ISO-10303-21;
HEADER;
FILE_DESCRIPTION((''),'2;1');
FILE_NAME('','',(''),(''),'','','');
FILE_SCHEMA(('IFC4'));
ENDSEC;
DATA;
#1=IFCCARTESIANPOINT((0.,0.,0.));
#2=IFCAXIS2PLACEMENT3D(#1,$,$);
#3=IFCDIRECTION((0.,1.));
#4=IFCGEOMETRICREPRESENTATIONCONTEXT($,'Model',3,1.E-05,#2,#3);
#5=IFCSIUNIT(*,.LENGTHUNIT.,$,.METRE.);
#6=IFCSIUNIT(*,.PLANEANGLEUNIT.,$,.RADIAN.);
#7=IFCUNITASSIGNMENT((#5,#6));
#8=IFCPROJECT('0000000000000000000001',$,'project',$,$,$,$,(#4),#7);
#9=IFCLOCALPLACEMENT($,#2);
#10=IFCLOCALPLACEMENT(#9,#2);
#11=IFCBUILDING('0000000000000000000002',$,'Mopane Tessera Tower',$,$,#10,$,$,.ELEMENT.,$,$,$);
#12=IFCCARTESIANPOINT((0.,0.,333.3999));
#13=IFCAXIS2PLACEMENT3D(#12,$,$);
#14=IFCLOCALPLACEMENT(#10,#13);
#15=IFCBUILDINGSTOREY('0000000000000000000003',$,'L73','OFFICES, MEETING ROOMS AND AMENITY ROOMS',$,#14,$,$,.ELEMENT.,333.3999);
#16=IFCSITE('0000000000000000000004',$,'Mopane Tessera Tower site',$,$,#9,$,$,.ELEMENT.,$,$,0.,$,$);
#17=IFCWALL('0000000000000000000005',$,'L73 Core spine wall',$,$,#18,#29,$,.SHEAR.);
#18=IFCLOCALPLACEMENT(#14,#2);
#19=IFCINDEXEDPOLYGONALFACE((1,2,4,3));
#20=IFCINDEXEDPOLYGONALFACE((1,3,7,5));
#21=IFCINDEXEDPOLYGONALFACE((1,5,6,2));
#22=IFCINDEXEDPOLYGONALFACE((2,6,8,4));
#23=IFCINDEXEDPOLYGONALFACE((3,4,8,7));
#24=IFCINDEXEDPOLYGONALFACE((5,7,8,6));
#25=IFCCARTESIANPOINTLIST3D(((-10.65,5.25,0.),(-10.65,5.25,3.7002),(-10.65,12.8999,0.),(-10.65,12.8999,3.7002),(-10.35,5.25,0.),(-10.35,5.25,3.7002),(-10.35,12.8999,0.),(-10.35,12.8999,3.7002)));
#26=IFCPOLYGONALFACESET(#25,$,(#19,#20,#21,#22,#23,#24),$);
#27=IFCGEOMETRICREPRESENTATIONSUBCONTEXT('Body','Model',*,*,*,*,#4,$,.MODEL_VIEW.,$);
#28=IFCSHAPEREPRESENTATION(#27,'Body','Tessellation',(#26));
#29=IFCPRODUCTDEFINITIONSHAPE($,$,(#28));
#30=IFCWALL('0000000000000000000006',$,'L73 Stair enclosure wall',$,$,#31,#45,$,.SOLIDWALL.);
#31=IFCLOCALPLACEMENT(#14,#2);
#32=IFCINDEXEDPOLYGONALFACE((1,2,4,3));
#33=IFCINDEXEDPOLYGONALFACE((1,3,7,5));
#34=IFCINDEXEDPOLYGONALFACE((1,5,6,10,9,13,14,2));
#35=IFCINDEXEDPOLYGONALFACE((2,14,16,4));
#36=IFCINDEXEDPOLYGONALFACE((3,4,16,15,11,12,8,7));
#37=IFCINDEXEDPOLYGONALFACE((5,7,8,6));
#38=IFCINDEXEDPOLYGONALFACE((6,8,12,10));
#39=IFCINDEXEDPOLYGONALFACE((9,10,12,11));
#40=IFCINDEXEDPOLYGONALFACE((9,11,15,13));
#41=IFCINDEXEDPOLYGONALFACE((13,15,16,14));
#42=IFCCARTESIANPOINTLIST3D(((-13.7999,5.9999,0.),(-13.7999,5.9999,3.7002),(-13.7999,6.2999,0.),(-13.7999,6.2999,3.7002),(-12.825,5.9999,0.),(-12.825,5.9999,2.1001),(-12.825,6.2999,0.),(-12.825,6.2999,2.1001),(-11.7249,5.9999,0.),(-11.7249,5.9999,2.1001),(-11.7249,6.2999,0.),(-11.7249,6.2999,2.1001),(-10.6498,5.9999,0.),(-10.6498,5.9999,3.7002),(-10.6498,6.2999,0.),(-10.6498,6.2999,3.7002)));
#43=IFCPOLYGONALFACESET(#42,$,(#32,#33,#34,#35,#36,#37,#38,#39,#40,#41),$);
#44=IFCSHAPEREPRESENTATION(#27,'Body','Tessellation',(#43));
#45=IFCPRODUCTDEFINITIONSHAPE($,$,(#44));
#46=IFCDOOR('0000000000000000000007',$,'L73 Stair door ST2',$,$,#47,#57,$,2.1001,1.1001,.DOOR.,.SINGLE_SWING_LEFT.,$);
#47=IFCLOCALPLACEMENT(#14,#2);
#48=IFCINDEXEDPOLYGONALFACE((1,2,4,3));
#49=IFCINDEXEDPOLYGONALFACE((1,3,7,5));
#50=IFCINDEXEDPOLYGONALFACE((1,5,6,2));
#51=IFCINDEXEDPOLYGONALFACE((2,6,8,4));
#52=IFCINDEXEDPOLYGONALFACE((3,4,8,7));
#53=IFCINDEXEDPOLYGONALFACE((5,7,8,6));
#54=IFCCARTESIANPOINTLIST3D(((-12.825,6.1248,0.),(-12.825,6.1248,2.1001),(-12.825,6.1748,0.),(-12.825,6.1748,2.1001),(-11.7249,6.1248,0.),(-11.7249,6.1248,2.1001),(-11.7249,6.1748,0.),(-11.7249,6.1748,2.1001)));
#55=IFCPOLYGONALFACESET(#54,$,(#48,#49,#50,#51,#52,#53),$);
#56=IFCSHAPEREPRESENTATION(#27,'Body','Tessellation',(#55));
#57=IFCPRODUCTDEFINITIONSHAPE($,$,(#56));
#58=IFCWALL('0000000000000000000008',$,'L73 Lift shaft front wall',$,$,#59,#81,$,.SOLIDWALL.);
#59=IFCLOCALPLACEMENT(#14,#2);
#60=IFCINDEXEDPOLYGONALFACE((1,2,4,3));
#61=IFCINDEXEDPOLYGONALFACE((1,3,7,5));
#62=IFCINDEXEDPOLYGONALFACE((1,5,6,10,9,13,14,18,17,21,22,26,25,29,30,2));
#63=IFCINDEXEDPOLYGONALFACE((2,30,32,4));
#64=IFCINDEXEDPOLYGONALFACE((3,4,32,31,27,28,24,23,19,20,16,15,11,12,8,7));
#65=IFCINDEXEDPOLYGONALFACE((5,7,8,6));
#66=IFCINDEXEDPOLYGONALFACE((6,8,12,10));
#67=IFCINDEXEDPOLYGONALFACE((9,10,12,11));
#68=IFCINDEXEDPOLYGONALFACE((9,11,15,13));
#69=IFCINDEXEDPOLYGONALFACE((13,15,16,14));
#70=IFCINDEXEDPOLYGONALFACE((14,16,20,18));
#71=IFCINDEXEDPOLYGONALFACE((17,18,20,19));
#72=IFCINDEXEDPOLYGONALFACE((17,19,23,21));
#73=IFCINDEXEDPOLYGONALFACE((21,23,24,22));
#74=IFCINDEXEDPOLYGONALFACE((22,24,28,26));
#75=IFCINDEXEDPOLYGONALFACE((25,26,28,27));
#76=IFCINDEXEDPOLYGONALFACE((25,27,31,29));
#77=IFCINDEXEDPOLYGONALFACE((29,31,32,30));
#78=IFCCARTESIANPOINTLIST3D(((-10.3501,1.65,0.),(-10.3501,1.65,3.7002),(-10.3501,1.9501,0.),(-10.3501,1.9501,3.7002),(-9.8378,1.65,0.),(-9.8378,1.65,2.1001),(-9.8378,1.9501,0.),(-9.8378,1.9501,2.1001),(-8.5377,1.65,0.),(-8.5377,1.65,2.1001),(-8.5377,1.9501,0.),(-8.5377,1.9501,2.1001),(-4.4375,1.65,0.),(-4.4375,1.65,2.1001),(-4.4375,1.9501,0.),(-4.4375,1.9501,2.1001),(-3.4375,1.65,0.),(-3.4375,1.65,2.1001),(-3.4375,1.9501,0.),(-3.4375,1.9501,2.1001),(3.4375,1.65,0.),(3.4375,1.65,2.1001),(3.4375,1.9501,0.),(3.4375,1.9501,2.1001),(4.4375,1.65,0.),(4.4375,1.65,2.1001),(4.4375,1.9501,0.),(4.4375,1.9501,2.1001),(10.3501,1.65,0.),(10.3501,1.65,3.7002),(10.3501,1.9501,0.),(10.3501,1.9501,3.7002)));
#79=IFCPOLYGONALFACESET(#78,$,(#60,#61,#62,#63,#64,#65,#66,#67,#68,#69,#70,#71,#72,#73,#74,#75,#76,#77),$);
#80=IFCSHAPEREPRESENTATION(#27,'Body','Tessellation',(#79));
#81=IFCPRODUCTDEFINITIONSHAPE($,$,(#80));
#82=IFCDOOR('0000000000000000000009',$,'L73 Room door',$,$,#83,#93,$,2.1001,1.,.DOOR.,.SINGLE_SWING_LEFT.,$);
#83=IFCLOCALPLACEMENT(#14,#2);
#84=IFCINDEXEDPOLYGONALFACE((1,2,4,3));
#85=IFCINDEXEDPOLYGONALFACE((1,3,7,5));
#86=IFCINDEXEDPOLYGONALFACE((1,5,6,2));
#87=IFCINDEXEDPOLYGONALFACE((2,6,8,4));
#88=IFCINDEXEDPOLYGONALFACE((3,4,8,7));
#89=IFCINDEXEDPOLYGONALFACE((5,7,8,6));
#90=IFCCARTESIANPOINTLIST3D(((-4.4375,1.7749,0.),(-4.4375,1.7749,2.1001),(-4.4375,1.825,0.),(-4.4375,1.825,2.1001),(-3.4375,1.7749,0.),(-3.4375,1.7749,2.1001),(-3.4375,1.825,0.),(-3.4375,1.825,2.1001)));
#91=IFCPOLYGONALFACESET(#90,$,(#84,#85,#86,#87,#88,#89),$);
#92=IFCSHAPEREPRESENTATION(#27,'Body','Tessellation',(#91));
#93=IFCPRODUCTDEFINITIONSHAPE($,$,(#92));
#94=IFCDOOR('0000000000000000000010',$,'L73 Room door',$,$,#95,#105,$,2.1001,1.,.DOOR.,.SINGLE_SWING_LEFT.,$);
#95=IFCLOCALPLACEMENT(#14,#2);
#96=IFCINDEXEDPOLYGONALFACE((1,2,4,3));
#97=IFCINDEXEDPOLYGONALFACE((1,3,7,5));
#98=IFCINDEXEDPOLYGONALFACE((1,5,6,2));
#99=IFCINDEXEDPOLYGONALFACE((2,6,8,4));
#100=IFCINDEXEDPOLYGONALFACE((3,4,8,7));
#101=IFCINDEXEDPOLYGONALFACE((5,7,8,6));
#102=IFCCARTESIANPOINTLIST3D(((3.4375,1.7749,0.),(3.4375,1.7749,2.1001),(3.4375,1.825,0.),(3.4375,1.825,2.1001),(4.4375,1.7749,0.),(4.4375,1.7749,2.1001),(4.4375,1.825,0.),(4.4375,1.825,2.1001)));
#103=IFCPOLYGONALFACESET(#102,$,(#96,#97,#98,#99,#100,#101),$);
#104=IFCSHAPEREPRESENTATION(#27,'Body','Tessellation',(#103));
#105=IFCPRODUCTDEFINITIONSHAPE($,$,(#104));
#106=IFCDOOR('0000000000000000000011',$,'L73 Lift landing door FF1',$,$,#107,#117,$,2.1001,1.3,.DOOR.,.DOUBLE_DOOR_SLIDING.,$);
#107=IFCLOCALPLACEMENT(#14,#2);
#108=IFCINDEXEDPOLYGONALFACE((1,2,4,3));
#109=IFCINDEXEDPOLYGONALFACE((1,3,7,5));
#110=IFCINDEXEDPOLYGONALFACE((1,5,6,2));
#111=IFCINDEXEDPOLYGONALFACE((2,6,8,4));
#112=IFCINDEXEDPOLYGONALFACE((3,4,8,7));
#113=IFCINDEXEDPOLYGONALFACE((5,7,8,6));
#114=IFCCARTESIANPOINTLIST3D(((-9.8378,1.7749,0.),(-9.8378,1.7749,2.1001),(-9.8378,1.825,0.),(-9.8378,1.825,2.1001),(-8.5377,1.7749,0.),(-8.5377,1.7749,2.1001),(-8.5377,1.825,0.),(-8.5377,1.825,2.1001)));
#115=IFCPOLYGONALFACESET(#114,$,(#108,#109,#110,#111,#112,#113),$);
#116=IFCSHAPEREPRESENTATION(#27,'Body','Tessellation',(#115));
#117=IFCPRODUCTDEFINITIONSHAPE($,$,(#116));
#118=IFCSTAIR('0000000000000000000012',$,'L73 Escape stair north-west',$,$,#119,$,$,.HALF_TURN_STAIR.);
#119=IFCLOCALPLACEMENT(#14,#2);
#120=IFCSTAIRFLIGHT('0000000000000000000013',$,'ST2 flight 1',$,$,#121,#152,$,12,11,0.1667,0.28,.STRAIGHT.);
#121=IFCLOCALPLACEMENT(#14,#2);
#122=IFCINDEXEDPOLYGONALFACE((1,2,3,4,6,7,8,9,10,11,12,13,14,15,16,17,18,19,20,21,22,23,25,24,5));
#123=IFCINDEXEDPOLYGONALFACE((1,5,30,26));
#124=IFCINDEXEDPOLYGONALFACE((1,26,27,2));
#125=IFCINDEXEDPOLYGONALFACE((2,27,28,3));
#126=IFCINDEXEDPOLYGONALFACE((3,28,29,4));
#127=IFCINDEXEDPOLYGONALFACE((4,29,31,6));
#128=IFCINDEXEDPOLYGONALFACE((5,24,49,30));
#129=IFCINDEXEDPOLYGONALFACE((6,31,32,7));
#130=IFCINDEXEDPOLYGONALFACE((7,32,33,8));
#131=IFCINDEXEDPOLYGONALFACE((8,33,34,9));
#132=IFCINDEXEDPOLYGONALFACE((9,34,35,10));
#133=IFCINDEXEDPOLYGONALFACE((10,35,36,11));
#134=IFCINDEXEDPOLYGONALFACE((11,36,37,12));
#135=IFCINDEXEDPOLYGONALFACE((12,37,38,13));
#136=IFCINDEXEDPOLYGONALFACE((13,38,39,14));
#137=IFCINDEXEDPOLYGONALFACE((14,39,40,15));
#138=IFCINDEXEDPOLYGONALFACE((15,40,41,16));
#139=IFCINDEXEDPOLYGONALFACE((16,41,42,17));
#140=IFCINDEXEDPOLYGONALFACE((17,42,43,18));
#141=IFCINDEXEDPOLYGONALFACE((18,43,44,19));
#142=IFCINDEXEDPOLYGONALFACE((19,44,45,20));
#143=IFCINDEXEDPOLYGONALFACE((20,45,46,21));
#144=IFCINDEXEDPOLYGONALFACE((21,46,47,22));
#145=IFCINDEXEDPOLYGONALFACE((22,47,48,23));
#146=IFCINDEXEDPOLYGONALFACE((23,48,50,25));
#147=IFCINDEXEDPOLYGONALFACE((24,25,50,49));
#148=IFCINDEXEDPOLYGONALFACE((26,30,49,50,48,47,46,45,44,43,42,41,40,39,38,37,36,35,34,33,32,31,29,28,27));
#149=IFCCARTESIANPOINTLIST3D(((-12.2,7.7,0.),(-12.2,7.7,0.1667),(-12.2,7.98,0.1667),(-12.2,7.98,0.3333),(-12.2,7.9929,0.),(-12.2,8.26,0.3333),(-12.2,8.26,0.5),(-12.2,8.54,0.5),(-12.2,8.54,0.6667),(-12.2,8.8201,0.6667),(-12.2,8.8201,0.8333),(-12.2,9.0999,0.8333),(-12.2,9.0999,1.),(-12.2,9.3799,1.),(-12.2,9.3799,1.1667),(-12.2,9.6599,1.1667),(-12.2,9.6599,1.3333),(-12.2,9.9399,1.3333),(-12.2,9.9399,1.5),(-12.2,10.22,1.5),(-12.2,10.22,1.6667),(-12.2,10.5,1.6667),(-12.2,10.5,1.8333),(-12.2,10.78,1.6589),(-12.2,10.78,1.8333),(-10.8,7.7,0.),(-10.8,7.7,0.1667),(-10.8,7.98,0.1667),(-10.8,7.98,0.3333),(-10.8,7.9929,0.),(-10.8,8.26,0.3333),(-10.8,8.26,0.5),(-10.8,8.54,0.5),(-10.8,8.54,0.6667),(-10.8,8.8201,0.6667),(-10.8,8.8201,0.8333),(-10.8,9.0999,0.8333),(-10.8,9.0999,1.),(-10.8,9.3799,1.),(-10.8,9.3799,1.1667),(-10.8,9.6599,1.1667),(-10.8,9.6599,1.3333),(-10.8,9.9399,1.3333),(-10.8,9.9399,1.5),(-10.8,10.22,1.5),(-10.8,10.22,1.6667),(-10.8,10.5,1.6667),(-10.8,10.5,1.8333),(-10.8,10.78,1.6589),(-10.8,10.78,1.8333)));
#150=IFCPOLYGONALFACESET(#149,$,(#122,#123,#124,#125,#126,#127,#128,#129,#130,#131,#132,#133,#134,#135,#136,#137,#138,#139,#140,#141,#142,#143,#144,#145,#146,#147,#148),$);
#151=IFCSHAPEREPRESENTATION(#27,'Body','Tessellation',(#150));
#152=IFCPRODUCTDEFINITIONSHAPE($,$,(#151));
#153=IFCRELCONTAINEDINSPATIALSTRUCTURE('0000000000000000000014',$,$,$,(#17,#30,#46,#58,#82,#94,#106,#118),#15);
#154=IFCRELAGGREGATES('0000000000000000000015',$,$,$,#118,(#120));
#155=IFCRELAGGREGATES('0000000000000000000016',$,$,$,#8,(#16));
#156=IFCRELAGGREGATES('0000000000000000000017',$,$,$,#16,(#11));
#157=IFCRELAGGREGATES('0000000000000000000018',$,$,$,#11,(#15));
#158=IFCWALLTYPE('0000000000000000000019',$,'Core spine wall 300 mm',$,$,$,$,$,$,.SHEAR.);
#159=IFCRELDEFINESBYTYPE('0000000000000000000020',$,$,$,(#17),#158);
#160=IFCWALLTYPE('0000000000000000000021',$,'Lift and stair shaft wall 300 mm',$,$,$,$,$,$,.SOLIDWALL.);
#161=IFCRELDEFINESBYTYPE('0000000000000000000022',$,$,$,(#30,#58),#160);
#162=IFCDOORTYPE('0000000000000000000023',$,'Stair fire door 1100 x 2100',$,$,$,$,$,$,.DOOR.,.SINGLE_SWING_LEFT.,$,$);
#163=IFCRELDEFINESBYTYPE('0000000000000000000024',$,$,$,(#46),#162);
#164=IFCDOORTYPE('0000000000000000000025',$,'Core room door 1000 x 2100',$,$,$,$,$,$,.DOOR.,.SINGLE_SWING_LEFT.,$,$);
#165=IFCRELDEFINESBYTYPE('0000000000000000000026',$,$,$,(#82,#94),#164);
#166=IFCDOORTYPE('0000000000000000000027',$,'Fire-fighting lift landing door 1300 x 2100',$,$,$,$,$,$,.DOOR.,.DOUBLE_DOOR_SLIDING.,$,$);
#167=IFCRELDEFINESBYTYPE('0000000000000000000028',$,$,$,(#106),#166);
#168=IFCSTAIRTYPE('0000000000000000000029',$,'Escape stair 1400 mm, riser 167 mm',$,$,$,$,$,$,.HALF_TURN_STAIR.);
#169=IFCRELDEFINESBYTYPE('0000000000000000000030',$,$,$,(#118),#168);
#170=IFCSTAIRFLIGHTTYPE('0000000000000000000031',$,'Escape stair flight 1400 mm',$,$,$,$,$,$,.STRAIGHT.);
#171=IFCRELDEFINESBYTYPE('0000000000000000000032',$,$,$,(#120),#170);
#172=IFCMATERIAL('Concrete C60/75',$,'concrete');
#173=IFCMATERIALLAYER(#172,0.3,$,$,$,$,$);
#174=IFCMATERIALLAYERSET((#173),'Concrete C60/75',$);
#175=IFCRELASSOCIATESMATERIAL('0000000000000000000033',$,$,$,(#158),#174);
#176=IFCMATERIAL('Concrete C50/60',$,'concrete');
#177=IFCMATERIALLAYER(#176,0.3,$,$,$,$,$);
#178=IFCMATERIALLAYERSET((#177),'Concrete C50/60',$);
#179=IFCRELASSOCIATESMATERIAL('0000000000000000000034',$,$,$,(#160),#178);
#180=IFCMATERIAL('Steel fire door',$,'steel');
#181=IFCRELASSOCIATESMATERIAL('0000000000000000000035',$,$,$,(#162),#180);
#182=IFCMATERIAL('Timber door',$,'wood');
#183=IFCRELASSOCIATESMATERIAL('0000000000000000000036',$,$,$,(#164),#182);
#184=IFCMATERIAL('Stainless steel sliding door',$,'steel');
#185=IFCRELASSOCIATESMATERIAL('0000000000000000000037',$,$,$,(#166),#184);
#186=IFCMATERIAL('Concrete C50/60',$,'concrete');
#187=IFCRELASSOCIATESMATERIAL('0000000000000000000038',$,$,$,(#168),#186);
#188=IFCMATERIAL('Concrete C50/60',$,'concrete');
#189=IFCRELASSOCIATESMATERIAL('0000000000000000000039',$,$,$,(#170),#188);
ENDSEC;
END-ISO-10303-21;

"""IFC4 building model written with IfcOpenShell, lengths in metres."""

from ifc_helpers import new_model, si_unit, direction, frame, frame_2d, origin, place, context, subcontext, project, spatial, polyline, rectangle, outline, extrude, material, layer, layer_set, type_object, element, fill, aggregate, save


model = new_model("IFC4")

# Units and contexts
model_context = context("Model", 3, precision=1e-05, world=origin(), true_north=direction((0.0, 1.0)))
body_context = subcontext(model_context, "Body", "Model", "MODEL_VIEW")
ifc_project = project(units=[si_unit("LENGTHUNIT", "METRE"), si_unit("PLANEANGLEUNIT", "RADIAN")], contexts=[model_context])

# Site, building, storey
site_placement = place(None, origin())
site = spatial("IfcSite", under=ifc_project, at=site_placement, Name="Mopane Tessera Tower site", CompositionType="ELEMENT", RefElevation=0.0)
building_placement = place(site_placement, origin())
building = spatial("IfcBuilding", under=site, at=building_placement, Name="Mopane Tessera Tower", CompositionType="ELEMENT")
storey_placement = place(building_placement, frame((0.0, 0.0, 333.3999)))
storey = spatial("IfcBuildingStorey", under=building, at=storey_placement, Name="L73", Description="OFFICES, MEETING ROOMS AND AMENITY ROOMS", CompositionType="ELEMENT", Elevation=333.3999)

# Wall
ifc_material_1 = material(Name="Concrete C60/75", Category="concrete")
ifc_layer_1 = layer(ifc_material_1, 0.3)
ifc_layer_set_1 = layer_set([ifc_layer_1], Name="Concrete C60/75")
wall_type_1 = type_object("IfcWallType", Name="Core spine wall 300 mm", PredefinedType="SHEAR", material=ifc_layer_set_1)
wall_1_placement = place(storey_placement, frame((-10.5, 5.25, 0.0), z_axis=(0.0, 0.0, 1.0), x_axis=(0.0, 1.0, 0.0)))
element("IfcWall", 1, at=wall_1_placement, inside=storey, type_object=wall_type_1, Name="L73 Core spine wall", PredefinedType="SHEAR", context=body_context, shape_type="SweptSolid", body=[
    extrude(rectangle(XDim=7.6499, YDim=0.3, at=frame_2d((3.825, 0.0))), origin(), (0.0, 0.0, 1.0), 3.7002),
])

# Wall, opening, door
ifc_material_2 = material(Name="Concrete C50/60", Category="concrete")
ifc_layer_2 = layer(ifc_material_2, 0.3)
ifc_layer_set_2 = layer_set([ifc_layer_2], Name="Concrete C50/60")
wall_type_2 = type_object("IfcWallType", Name="Lift and stair shaft wall 300 mm", PredefinedType="SOLIDWALL", material=ifc_layer_set_2)
wall_2_placement = place(storey_placement, frame((-13.8, 6.1499, 0.0), z_axis=(0.0, 0.0, 1.0), x_axis=(1.0, 0.0, 0.0)))
wall_2 = element("IfcWall", 2, at=wall_2_placement, inside=storey, type_object=wall_type_2, Name="L73 Stair enclosure wall", PredefinedType="SOLIDWALL", context=body_context, shape_type="SweptSolid", body=[
    extrude(rectangle(XDim=3.1501, YDim=0.3, at=frame_2d((1.5752, 0.0))), origin(), (0.0, 0.0, 1.0), 3.7002),
])
opening_1_placement = place(wall_2_placement, frame((0.9751, 0.0, 0.0)))
opening_1 = element("IfcOpeningElement", 3, at=opening_1_placement, cuts=wall_2, PredefinedType="OPENING", context=body_context, shape_type="SweptSolid", body=[
    extrude(rectangle(XDim=1.1001, YDim=2.1001, at=frame_2d((0.55, 1.05))), frame((0.0, 0.1621, 0.0), z_axis=(0.0, -1.0, 0.0), x_axis=(1.0, 0.0, 0.0)), (0.0, 0.0, 1.0), 0.324),
])
ifc_material_3 = material(Name="Steel fire door", Category="steel")
door_type_1 = type_object("IfcDoorType", Name="Stair fire door 1100 x 2100", OperationType="SINGLE_SWING_LEFT", PredefinedType="DOOR", material=ifc_material_3)
door_1_placement = place(opening_1_placement, origin())
door_1 = element("IfcDoor", 4, at=door_1_placement, inside=storey, type_object=door_type_1, Name="L73 Stair door ST2", OperationType="SINGLE_SWING_LEFT", OverallHeight=2.1001, OverallWidth=1.1001, PredefinedType="DOOR", context=body_context, shape_type="SweptSolid", body=[
    extrude(rectangle(XDim=1.1001, YDim=2.1001, at=frame_2d((0.55, 1.05))), frame((0.0, 0.0249, 0.0), z_axis=(0.0, -1.0, 0.0), x_axis=(1.0, 0.0, 0.0)), (0.0, 0.0, 1.0), 0.05),
])
fill(opening_1, door_1)

# Wall, openings, doors
wall_3_placement = place(storey_placement, frame((-10.3501, 1.8, 0.0), z_axis=(0.0, 0.0, 1.0), x_axis=(1.0, 0.0, 0.0)))
wall_3 = element("IfcWall", 5, at=wall_3_placement, inside=storey, type_object=wall_type_2, Name="L73 Lift shaft front wall", PredefinedType="SOLIDWALL", context=body_context, shape_type="SweptSolid", body=[
    extrude(rectangle(XDim=20.7002, YDim=0.3, at=frame_2d((10.3501, 0.0))), origin(), (0.0, 0.0, 1.0), 3.7002),
])
opening_2_placement = place(wall_3_placement, frame((0.5125, 0.0, 0.0)))
opening_2 = element("IfcOpeningElement", 6, at=opening_2_placement, cuts=wall_3, PredefinedType="OPENING", context=body_context, shape_type="SweptSolid", body=[
    extrude(rectangle(XDim=1.3, YDim=2.1001, at=frame_2d((0.6499, 1.05))), frame((0.0, 0.1621, 0.0), z_axis=(0.0, -1.0, 0.0), x_axis=(1.0, 0.0, 0.0)), (0.0, 0.0, 1.0), 0.324),
])
opening_3_placement = place(wall_3_placement, frame((5.9126, 0.0, 0.0)))
opening_3 = element("IfcOpeningElement", 7, at=opening_3_placement, cuts=wall_3, PredefinedType="OPENING", context=body_context, shape_type="SweptSolid", body=[
    extrude(rectangle(XDim=1.0, YDim=2.1001, at=frame_2d((0.5, 1.05))), frame((0.0, 0.1621, 0.0), z_axis=(0.0, -1.0, 0.0), x_axis=(1.0, 0.0, 0.0)), (0.0, 0.0, 1.0), 0.324),
])
opening_4_placement = place(wall_3_placement, frame((13.7876, 0.0, 0.0)))
opening_4 = element("IfcOpeningElement", 8, at=opening_4_placement, cuts=wall_3, PredefinedType="OPENING", context=body_context, shape_type="SweptSolid", body=[
    extrude(rectangle(XDim=1.0, YDim=2.1001, at=frame_2d((0.5, 1.05))), frame((0.0, 0.1621, 0.0), z_axis=(0.0, -1.0, 0.0), x_axis=(1.0, 0.0, 0.0)), (0.0, 0.0, 1.0), 0.324),
])
ifc_material_4 = material(Name="Timber door", Category="wood")
door_type_2 = type_object("IfcDoorType", Name="Core room door 1000 x 2100", OperationType="SINGLE_SWING_LEFT", PredefinedType="DOOR", material=ifc_material_4)
door_2_placement = place(opening_3_placement, origin())
door_2 = element("IfcDoor", 9, at=door_2_placement, inside=storey, type_object=door_type_2, Name="L73 Room door", OperationType="SINGLE_SWING_LEFT", OverallHeight=2.1001, OverallWidth=1.0, PredefinedType="DOOR", context=body_context, shape_type="SweptSolid", body=[
    extrude(rectangle(XDim=1.0, YDim=2.1001, at=frame_2d((0.5, 1.05))), frame((0.0, 0.0249, 0.0), z_axis=(0.0, -1.0, 0.0), x_axis=(1.0, 0.0, 0.0)), (0.0, 0.0, 1.0), 0.05),
])
fill(opening_3, door_2)
door_3_placement = place(opening_4_placement, origin())
door_3 = element("IfcDoor", 10, at=door_3_placement, inside=storey, type_object=door_type_2, Name="L73 Room door", OperationType="SINGLE_SWING_LEFT", OverallHeight=2.1001, OverallWidth=1.0, PredefinedType="DOOR", context=body_context, shape_type="SweptSolid", body=[
    extrude(rectangle(XDim=1.0, YDim=2.1001, at=frame_2d((0.5, 1.05))), frame((0.0, 0.0249, 0.0), z_axis=(0.0, -1.0, 0.0), x_axis=(1.0, 0.0, 0.0)), (0.0, 0.0, 1.0), 0.05),
])
fill(opening_4, door_3)
ifc_material_5 = material(Name="Stainless steel sliding door", Category="steel")
door_type_3 = type_object("IfcDoorType", Name="Fire-fighting lift landing door 1300 x 2100", OperationType="DOUBLE_DOOR_SLIDING", PredefinedType="DOOR", material=ifc_material_5)
door_4_placement = place(opening_2_placement, origin())
door_4 = element("IfcDoor", 11, at=door_4_placement, inside=storey, type_object=door_type_3, Name="L73 Lift landing door FF1", OperationType="DOUBLE_DOOR_SLIDING", OverallHeight=2.1001, OverallWidth=1.3, PredefinedType="DOOR", context=body_context, shape_type="SweptSolid", body=[
    extrude(rectangle(XDim=1.3, YDim=2.1001, at=frame_2d((0.6499, 1.05))), frame((0.0, 0.0249, 0.0), z_axis=(0.0, -1.0, 0.0), x_axis=(1.0, 0.0, 0.0)), (0.0, 0.0, 1.0), 0.05),
])
fill(opening_2, door_4)

# Stair, stair flight
ifc_material_6 = material(Name="Concrete C50/60", Category="concrete")
stair_type = type_object("IfcStairType", Name="Escape stair 1400 mm, riser 167 mm", PredefinedType="HALF_TURN_STAIR", material=ifc_material_6)
stair_placement = place(storey_placement, origin())
stair = element("IfcStair", 12, at=stair_placement, inside=storey, type_object=stair_type, Name="L73 Escape stair north-west", PredefinedType="HALF_TURN_STAIR")
ifc_material_7 = material(Name="Concrete C50/60", Category="concrete")
stair_flight_type = type_object("IfcStairFlightType", Name="Escape stair flight 1400 mm", PredefinedType="STRAIGHT", material=ifc_material_7)
stair_flight_placement = place(storey_placement, frame((-11.5, 7.7, 0.0), z_axis=(0.0, 0.0, 1.0), x_axis=(0.0, 1.0, 0.0)))
stair_flight = element("IfcStairFlight", 13, at=stair_flight_placement, type_object=stair_flight_type, Name="ST2 flight 1", NumberOfRisers=12, NumberOfTreads=11, PredefinedType="STRAIGHT", RiserHeight=0.1667, TreadLength=0.28, context=body_context, shape_type="SweptSolid", body=[
    extrude(outline(polyline([(0.0, 0.0), (0.0, 0.1667), (0.28, 0.1667), (0.28, 0.3333), (0.5601, 0.3333), (0.5601, 0.5), (0.8401, 0.5), (0.8401, 0.6667), (1.1201, 0.6667), (1.1201, 0.8333), (1.3999, 0.8333), (1.3999, 1.0), (1.6799, 1.0), (1.6799, 1.1667), (1.96, 1.1667), (1.96, 1.3333), (2.24, 1.3333), (2.24, 1.5), (2.52, 1.5), (2.52, 1.6667), (2.8, 1.6667), (2.8, 1.8333), (3.0801, 1.8333), (3.0801, 2.0), (3.0801, 1.6589), (0.293, 0.0), (0.0, 0.0)])), frame((0.0, 0.7, 0.0), z_axis=(0.0, -1.0, 0.0), x_axis=(1.0, 0.0, 0.0)), (0.0, 0.0, 1.0), 1.3999),
])
aggregate(stair, [stair_flight])

save(model, "model.ifc")
